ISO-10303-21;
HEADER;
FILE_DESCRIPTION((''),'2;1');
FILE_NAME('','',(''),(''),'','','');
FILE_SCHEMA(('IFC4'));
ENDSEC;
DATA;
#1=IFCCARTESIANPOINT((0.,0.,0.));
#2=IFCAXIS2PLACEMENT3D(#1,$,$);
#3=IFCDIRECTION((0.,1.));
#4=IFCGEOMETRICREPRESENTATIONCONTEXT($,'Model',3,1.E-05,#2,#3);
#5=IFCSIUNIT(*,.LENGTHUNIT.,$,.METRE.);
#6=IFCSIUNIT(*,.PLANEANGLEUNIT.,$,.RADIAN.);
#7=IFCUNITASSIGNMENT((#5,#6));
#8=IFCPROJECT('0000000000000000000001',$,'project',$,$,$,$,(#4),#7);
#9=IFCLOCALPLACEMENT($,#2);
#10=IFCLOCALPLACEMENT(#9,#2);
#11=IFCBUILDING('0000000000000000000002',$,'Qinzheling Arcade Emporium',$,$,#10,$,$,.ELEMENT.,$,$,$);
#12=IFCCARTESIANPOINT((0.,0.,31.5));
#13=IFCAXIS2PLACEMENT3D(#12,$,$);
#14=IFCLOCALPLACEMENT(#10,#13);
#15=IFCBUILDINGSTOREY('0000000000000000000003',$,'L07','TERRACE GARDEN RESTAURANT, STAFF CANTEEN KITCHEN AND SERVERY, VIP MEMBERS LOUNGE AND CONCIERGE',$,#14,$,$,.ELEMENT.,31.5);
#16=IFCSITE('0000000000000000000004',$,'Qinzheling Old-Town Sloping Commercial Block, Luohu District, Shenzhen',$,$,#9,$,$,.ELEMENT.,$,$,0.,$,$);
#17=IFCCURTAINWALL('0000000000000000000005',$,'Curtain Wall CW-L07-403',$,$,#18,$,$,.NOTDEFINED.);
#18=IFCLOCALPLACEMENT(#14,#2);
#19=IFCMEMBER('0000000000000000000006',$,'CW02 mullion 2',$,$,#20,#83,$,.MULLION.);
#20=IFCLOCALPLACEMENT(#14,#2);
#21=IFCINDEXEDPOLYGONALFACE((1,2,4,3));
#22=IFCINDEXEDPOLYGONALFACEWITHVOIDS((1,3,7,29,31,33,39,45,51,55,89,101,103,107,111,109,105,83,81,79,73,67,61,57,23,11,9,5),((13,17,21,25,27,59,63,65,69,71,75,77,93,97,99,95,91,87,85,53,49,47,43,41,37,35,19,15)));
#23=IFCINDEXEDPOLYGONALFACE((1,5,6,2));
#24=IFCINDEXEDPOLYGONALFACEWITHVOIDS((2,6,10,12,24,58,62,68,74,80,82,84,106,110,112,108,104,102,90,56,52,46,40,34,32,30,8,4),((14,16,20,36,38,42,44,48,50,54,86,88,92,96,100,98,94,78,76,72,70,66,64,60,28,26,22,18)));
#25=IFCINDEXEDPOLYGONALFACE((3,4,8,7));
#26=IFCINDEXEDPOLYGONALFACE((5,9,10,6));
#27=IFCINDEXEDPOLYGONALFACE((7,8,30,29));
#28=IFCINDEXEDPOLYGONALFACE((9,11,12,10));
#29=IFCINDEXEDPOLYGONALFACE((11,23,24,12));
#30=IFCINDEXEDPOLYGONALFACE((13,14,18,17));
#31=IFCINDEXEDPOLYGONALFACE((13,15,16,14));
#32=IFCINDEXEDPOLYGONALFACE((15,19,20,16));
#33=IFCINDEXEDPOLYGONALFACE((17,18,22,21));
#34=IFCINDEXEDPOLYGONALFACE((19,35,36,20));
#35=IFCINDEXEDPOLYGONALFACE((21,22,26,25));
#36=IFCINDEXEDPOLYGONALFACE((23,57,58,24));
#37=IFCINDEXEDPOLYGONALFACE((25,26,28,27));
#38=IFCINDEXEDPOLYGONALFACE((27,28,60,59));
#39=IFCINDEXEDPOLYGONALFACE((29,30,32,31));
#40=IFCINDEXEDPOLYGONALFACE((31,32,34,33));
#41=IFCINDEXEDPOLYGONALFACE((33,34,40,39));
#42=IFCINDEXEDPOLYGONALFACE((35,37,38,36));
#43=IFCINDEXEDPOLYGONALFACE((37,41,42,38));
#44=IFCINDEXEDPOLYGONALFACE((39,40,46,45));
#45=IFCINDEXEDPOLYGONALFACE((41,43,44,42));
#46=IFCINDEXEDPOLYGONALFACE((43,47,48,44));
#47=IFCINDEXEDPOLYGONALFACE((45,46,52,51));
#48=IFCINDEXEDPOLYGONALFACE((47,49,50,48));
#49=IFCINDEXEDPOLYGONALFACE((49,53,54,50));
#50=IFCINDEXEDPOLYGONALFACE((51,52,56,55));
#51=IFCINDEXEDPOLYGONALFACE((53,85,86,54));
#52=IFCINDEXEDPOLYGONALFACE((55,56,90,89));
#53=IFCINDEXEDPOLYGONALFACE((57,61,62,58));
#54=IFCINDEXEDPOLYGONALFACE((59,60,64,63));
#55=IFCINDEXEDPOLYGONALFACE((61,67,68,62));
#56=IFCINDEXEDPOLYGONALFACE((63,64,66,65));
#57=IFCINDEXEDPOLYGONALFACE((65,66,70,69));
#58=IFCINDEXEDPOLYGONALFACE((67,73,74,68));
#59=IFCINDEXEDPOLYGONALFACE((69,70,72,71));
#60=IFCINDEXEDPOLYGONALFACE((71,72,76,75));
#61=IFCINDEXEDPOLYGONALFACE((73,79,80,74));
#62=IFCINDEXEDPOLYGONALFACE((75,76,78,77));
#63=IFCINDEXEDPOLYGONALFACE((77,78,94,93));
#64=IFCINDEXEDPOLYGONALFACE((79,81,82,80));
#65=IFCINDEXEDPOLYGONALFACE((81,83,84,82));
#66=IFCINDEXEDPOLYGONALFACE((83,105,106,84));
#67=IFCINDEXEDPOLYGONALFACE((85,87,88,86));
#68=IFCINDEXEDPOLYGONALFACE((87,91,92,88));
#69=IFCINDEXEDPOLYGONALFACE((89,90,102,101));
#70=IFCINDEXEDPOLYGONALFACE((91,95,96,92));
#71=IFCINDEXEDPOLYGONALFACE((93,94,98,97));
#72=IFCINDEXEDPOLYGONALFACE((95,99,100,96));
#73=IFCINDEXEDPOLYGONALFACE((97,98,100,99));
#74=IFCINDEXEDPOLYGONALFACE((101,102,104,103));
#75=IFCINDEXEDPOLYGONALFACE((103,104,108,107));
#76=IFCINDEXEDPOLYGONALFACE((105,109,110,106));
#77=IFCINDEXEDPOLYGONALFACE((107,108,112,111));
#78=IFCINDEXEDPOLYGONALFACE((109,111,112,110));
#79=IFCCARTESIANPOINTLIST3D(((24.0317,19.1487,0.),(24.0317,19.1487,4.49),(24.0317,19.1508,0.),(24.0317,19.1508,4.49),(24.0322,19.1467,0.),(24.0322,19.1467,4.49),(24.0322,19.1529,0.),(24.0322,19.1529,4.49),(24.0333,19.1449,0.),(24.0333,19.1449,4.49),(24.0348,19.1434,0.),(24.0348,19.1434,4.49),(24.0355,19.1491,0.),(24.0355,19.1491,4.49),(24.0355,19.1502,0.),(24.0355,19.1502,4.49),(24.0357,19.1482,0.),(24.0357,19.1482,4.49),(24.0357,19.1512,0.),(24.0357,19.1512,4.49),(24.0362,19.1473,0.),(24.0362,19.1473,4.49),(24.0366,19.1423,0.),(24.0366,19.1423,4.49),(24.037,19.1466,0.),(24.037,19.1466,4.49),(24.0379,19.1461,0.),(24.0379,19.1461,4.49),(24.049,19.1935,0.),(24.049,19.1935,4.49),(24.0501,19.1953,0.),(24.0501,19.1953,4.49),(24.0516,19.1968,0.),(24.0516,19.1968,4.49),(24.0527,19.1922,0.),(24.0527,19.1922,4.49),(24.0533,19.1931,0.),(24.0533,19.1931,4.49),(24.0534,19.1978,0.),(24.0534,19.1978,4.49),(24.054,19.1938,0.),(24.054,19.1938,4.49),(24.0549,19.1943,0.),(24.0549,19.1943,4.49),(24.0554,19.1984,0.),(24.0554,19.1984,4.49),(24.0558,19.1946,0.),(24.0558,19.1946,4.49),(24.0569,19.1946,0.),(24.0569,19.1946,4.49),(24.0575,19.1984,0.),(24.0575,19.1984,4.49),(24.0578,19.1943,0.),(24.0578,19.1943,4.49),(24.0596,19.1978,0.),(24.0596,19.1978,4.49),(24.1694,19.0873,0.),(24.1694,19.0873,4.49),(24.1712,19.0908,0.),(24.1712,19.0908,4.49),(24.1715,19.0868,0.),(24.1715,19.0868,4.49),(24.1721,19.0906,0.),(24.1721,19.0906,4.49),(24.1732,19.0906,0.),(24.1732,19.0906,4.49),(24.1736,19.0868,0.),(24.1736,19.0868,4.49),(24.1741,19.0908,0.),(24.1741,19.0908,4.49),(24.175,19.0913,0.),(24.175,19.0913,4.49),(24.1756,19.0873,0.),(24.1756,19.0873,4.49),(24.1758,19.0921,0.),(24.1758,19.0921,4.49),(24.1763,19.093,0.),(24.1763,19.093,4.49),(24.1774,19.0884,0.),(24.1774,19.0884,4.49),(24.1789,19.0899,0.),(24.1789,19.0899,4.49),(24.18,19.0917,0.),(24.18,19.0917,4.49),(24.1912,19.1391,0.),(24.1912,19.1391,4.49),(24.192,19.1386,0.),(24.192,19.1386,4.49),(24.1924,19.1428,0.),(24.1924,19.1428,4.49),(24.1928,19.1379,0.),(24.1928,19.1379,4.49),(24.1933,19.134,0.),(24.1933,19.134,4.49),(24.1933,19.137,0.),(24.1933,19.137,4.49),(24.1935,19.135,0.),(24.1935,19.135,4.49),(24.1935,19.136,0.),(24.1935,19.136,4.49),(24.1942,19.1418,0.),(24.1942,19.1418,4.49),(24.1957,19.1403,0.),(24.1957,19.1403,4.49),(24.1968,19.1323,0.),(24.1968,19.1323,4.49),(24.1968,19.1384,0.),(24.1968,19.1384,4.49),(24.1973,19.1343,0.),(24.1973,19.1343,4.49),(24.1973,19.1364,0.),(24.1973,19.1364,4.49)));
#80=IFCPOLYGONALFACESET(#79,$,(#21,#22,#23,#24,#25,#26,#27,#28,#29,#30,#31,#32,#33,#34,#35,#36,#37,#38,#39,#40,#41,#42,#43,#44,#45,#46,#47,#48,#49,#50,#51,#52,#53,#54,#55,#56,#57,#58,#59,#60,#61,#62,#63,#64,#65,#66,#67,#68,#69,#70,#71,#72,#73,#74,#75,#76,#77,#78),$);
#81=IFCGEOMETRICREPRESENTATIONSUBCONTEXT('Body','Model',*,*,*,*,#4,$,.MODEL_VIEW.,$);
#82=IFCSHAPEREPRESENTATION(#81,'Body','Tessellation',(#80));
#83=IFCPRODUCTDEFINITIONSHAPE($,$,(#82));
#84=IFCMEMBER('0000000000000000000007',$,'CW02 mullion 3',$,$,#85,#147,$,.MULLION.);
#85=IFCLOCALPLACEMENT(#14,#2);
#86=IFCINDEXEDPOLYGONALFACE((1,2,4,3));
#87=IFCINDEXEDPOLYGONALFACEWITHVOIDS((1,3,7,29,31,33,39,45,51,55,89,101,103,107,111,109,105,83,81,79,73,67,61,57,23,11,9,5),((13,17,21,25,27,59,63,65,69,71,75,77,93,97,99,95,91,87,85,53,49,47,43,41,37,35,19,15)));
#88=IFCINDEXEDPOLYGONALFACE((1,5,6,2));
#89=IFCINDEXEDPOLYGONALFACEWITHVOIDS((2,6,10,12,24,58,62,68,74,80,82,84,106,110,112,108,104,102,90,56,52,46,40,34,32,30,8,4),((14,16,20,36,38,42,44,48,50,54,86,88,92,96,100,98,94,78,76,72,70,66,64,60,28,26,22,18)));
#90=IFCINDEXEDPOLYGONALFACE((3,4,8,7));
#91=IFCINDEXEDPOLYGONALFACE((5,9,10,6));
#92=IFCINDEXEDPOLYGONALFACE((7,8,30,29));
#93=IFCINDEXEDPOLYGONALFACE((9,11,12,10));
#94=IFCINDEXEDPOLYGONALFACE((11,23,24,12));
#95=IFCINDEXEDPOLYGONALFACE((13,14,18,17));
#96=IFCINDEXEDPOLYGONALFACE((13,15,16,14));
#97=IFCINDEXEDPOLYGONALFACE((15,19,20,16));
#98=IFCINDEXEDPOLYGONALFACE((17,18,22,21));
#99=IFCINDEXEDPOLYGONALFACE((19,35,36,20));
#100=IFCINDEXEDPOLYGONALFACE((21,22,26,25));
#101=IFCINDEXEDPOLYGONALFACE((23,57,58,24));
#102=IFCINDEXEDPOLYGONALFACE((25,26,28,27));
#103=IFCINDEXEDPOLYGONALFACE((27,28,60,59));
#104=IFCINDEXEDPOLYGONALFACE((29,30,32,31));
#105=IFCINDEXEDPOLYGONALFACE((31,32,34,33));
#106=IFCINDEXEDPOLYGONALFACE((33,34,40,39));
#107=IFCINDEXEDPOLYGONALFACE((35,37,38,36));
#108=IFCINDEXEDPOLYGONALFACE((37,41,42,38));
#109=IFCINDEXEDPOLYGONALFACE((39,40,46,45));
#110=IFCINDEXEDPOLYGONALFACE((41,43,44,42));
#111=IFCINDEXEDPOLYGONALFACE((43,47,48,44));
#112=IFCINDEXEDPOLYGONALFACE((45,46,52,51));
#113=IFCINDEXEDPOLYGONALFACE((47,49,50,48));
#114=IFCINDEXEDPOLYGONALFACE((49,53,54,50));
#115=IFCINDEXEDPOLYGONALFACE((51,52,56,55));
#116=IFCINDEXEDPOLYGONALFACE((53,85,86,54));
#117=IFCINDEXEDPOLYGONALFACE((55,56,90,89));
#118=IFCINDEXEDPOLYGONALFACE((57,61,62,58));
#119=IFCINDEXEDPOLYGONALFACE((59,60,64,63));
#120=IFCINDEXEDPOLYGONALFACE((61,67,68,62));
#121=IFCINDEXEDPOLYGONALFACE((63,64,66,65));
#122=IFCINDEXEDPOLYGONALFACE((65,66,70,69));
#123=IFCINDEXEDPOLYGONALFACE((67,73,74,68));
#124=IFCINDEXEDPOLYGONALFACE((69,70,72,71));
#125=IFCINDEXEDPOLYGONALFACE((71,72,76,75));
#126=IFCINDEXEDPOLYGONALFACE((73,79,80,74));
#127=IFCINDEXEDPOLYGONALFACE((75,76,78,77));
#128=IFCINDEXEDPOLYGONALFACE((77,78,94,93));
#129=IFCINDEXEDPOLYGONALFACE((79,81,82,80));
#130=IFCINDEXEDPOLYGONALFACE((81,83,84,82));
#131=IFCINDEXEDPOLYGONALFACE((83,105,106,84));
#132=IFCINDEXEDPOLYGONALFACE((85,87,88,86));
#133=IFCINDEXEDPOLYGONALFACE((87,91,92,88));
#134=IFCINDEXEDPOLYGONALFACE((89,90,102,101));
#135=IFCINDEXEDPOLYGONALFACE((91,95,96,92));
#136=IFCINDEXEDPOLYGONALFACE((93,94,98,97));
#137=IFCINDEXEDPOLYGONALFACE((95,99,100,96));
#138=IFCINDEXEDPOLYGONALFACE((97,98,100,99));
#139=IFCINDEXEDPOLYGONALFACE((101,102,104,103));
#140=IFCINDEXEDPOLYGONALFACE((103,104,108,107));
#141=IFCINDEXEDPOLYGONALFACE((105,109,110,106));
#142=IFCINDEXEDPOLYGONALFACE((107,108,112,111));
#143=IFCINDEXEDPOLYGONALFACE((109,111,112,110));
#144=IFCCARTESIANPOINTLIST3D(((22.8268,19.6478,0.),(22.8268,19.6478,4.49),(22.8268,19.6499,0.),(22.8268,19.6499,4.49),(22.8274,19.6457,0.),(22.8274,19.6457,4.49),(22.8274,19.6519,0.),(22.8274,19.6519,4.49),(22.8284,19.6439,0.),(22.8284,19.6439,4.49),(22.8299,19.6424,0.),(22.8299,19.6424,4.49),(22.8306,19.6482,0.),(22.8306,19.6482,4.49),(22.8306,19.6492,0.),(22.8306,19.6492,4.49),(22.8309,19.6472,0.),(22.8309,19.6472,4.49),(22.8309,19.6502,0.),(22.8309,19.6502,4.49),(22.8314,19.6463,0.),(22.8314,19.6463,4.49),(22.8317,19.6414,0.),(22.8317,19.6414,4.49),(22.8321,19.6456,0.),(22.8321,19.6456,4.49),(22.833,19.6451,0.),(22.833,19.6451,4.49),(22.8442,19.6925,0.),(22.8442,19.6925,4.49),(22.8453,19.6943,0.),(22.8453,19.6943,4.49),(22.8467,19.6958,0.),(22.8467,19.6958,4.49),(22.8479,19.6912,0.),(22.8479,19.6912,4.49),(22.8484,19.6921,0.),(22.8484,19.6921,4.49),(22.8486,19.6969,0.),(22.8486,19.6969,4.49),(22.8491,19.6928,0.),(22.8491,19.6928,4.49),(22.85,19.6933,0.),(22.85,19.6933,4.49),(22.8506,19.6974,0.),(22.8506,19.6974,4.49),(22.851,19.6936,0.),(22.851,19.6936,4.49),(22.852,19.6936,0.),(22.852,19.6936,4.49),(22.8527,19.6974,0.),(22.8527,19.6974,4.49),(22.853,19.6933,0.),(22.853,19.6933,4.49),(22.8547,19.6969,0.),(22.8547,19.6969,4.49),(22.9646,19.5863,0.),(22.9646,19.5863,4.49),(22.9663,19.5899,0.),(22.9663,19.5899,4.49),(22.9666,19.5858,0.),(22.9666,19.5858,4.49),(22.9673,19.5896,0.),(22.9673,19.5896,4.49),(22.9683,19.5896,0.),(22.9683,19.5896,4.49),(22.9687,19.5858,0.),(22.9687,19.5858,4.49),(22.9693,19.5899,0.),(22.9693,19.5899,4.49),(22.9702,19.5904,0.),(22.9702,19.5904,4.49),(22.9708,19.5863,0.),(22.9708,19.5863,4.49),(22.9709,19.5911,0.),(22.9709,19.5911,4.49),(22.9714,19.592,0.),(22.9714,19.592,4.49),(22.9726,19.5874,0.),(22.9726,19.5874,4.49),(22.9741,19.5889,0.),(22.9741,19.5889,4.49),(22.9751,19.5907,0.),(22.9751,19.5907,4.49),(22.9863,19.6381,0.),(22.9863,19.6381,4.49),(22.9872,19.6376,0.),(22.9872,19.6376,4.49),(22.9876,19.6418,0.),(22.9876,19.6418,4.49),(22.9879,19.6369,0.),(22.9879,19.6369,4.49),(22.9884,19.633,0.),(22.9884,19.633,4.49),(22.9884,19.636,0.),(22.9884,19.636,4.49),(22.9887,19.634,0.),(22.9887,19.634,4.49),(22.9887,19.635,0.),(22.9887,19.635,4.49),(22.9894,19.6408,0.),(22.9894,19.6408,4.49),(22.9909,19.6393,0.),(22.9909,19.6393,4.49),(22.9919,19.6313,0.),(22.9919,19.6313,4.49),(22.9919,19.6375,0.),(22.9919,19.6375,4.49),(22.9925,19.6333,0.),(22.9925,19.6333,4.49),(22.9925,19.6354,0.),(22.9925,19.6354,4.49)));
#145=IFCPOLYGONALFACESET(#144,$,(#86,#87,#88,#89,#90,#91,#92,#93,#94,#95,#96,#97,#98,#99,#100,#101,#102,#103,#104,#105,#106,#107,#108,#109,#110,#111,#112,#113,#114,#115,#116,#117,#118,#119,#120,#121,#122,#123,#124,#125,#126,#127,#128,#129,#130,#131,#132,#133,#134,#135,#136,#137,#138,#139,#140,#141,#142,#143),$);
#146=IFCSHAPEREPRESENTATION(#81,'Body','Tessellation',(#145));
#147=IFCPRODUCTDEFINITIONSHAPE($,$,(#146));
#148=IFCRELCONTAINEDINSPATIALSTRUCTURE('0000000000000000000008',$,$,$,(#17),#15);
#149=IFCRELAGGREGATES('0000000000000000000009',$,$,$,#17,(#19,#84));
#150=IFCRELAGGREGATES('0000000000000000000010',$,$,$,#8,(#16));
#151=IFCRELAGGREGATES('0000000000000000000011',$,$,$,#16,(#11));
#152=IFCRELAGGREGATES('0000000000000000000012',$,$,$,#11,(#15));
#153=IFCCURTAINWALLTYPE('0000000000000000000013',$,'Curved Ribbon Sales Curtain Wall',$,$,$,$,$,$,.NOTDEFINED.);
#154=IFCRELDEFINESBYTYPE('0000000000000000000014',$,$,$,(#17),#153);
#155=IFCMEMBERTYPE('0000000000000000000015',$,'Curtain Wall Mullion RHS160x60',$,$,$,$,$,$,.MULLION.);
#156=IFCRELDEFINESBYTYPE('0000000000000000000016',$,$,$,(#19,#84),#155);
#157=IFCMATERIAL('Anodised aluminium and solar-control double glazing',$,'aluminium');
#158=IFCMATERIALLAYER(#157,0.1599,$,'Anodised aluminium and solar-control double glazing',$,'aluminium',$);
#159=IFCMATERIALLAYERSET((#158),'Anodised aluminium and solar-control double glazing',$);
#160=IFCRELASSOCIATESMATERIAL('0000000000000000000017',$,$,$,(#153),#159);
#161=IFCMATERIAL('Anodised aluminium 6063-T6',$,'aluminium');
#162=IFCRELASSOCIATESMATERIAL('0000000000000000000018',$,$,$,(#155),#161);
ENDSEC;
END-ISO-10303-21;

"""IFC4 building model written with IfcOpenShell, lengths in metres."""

from ifc_helpers import new_model, si_unit, direction, frame, origin, origin_2d, place, context, subcontext, project, spatial, hollow_rectangle, extrude, material, layer, layer_set, material_profile, profile_set, type_object, element, aggregate, save


model = new_model("IFC4")

# Units and contexts
model_context = context("Model", 3, precision=1e-05, world=origin(), true_north=direction((0.0, 1.0)))
body_context = subcontext(model_context, "Body", "Model", "MODEL_VIEW")
ifc_project = project(units=[si_unit("LENGTHUNIT", "METRE"), si_unit("PLANEANGLEUNIT", "RADIAN")], contexts=[model_context])

# Site, building, storey
site_placement = place(None, origin())
site = spatial("IfcSite", under=ifc_project, at=site_placement, Name="Qinzheling Old-Town Sloping Commercial Block, Luohu District, Shenzhen", CompositionType="ELEMENT", RefElevation=0.0)
building_placement = place(site_placement, origin())
building = spatial("IfcBuilding", under=site, at=building_placement, Name="Qinzheling Arcade Emporium", CompositionType="ELEMENT")
storey_placement = place(building_placement, frame((0.0, 0.0, 31.5)))
storey = spatial("IfcBuildingStorey", under=building, at=storey_placement, Name="L07", Description="TERRACE GARDEN RESTAURANT, STAFF CANTEEN KITCHEN AND SERVERY, VIP MEMBERS LOUNGE AND CONCIERGE", CompositionType="ELEMENT", Elevation=31.5)

# Curtain wall, members
ifc_material_1 = material(Name="Anodised aluminium and solar-control double glazing", Category="aluminium")
ifc_layer_1 = layer(ifc_material_1, 0.1599, Name="Anodised aluminium and solar-control double glazing", Category="aluminium")
ifc_layer_set_1 = layer_set([ifc_layer_1], Name="Anodised aluminium and solar-control double glazing")
curtain_wall_type = type_object("IfcCurtainWallType", Name="Curved Ribbon Sales Curtain Wall", PredefinedType="NOTDEFINED", material=ifc_layer_set_1)
curtain_wall_1_placement = place(storey_placement, origin())
curtain_wall_1 = element("IfcCurtainWall", 1, at=curtain_wall_1_placement, inside=storey, type_object=curtain_wall_type, Name="Curtain Wall CW-L07-403", PredefinedType="NOTDEFINED")
ifc_material_2 = material(Name="Anodised aluminium 6063-T6", Category="aluminium")
ifc_material_profile_1 = material_profile(ifc_material_2, hollow_rectangle(XDim=0.0601, YDim=0.1599, WallThickness=0.0039, InnerFilletRadius=0.0039, OuterFilletRadius=0.0081, at=origin_2d()), Name="RHS 160x60x4", Category="aluminium")
ifc_profile_set_1 = profile_set([ifc_material_profile_1], Name="Anodised aluminium 6063-T6")
member_type_1 = type_object("IfcMemberType", Name="Curtain Wall Mullion RHS160x60", PredefinedType="MULLION", material=ifc_profile_set_1)
member_1_placement = place(storey_placement, frame((24.1145, 19.1426, 0.0), z_axis=(0.0, 0.0, 1.0), x_axis=(-0.382672, -0.923884, 0.0)))
member_1 = element("IfcMember", 2, at=member_1_placement, type_object=member_type_1, Name="CW02 mullion 2", PredefinedType="MULLION", context=body_context, shape_type="SweptSolid", body=[
    extrude(hollow_rectangle(XDim=0.0601, YDim=0.1599, WallThickness=0.0039, InnerFilletRadius=0.0039, OuterFilletRadius=0.0081, at=origin_2d()), origin(), (0.0, 0.0, 1.0), 4.49),
])
member_2_placement = place(storey_placement, frame((22.9097, 19.6416, 0.0), z_axis=(0.0, 0.0, 1.0), x_axis=(-0.382672, -0.923884, 0.0)))
member_2 = element("IfcMember", 3, at=member_2_placement, type_object=member_type_1, Name="CW02 mullion 3", PredefinedType="MULLION", context=body_context, shape_type="SweptSolid", body=[
    extrude(hollow_rectangle(XDim=0.0601, YDim=0.1599, WallThickness=0.0039, InnerFilletRadius=0.0039, OuterFilletRadius=0.0081, at=origin_2d()), origin(), (0.0, 0.0, 1.0), 4.49),
])

aggregate(curtain_wall_1, [member_1, member_2])

save(model, "model.ifc")
